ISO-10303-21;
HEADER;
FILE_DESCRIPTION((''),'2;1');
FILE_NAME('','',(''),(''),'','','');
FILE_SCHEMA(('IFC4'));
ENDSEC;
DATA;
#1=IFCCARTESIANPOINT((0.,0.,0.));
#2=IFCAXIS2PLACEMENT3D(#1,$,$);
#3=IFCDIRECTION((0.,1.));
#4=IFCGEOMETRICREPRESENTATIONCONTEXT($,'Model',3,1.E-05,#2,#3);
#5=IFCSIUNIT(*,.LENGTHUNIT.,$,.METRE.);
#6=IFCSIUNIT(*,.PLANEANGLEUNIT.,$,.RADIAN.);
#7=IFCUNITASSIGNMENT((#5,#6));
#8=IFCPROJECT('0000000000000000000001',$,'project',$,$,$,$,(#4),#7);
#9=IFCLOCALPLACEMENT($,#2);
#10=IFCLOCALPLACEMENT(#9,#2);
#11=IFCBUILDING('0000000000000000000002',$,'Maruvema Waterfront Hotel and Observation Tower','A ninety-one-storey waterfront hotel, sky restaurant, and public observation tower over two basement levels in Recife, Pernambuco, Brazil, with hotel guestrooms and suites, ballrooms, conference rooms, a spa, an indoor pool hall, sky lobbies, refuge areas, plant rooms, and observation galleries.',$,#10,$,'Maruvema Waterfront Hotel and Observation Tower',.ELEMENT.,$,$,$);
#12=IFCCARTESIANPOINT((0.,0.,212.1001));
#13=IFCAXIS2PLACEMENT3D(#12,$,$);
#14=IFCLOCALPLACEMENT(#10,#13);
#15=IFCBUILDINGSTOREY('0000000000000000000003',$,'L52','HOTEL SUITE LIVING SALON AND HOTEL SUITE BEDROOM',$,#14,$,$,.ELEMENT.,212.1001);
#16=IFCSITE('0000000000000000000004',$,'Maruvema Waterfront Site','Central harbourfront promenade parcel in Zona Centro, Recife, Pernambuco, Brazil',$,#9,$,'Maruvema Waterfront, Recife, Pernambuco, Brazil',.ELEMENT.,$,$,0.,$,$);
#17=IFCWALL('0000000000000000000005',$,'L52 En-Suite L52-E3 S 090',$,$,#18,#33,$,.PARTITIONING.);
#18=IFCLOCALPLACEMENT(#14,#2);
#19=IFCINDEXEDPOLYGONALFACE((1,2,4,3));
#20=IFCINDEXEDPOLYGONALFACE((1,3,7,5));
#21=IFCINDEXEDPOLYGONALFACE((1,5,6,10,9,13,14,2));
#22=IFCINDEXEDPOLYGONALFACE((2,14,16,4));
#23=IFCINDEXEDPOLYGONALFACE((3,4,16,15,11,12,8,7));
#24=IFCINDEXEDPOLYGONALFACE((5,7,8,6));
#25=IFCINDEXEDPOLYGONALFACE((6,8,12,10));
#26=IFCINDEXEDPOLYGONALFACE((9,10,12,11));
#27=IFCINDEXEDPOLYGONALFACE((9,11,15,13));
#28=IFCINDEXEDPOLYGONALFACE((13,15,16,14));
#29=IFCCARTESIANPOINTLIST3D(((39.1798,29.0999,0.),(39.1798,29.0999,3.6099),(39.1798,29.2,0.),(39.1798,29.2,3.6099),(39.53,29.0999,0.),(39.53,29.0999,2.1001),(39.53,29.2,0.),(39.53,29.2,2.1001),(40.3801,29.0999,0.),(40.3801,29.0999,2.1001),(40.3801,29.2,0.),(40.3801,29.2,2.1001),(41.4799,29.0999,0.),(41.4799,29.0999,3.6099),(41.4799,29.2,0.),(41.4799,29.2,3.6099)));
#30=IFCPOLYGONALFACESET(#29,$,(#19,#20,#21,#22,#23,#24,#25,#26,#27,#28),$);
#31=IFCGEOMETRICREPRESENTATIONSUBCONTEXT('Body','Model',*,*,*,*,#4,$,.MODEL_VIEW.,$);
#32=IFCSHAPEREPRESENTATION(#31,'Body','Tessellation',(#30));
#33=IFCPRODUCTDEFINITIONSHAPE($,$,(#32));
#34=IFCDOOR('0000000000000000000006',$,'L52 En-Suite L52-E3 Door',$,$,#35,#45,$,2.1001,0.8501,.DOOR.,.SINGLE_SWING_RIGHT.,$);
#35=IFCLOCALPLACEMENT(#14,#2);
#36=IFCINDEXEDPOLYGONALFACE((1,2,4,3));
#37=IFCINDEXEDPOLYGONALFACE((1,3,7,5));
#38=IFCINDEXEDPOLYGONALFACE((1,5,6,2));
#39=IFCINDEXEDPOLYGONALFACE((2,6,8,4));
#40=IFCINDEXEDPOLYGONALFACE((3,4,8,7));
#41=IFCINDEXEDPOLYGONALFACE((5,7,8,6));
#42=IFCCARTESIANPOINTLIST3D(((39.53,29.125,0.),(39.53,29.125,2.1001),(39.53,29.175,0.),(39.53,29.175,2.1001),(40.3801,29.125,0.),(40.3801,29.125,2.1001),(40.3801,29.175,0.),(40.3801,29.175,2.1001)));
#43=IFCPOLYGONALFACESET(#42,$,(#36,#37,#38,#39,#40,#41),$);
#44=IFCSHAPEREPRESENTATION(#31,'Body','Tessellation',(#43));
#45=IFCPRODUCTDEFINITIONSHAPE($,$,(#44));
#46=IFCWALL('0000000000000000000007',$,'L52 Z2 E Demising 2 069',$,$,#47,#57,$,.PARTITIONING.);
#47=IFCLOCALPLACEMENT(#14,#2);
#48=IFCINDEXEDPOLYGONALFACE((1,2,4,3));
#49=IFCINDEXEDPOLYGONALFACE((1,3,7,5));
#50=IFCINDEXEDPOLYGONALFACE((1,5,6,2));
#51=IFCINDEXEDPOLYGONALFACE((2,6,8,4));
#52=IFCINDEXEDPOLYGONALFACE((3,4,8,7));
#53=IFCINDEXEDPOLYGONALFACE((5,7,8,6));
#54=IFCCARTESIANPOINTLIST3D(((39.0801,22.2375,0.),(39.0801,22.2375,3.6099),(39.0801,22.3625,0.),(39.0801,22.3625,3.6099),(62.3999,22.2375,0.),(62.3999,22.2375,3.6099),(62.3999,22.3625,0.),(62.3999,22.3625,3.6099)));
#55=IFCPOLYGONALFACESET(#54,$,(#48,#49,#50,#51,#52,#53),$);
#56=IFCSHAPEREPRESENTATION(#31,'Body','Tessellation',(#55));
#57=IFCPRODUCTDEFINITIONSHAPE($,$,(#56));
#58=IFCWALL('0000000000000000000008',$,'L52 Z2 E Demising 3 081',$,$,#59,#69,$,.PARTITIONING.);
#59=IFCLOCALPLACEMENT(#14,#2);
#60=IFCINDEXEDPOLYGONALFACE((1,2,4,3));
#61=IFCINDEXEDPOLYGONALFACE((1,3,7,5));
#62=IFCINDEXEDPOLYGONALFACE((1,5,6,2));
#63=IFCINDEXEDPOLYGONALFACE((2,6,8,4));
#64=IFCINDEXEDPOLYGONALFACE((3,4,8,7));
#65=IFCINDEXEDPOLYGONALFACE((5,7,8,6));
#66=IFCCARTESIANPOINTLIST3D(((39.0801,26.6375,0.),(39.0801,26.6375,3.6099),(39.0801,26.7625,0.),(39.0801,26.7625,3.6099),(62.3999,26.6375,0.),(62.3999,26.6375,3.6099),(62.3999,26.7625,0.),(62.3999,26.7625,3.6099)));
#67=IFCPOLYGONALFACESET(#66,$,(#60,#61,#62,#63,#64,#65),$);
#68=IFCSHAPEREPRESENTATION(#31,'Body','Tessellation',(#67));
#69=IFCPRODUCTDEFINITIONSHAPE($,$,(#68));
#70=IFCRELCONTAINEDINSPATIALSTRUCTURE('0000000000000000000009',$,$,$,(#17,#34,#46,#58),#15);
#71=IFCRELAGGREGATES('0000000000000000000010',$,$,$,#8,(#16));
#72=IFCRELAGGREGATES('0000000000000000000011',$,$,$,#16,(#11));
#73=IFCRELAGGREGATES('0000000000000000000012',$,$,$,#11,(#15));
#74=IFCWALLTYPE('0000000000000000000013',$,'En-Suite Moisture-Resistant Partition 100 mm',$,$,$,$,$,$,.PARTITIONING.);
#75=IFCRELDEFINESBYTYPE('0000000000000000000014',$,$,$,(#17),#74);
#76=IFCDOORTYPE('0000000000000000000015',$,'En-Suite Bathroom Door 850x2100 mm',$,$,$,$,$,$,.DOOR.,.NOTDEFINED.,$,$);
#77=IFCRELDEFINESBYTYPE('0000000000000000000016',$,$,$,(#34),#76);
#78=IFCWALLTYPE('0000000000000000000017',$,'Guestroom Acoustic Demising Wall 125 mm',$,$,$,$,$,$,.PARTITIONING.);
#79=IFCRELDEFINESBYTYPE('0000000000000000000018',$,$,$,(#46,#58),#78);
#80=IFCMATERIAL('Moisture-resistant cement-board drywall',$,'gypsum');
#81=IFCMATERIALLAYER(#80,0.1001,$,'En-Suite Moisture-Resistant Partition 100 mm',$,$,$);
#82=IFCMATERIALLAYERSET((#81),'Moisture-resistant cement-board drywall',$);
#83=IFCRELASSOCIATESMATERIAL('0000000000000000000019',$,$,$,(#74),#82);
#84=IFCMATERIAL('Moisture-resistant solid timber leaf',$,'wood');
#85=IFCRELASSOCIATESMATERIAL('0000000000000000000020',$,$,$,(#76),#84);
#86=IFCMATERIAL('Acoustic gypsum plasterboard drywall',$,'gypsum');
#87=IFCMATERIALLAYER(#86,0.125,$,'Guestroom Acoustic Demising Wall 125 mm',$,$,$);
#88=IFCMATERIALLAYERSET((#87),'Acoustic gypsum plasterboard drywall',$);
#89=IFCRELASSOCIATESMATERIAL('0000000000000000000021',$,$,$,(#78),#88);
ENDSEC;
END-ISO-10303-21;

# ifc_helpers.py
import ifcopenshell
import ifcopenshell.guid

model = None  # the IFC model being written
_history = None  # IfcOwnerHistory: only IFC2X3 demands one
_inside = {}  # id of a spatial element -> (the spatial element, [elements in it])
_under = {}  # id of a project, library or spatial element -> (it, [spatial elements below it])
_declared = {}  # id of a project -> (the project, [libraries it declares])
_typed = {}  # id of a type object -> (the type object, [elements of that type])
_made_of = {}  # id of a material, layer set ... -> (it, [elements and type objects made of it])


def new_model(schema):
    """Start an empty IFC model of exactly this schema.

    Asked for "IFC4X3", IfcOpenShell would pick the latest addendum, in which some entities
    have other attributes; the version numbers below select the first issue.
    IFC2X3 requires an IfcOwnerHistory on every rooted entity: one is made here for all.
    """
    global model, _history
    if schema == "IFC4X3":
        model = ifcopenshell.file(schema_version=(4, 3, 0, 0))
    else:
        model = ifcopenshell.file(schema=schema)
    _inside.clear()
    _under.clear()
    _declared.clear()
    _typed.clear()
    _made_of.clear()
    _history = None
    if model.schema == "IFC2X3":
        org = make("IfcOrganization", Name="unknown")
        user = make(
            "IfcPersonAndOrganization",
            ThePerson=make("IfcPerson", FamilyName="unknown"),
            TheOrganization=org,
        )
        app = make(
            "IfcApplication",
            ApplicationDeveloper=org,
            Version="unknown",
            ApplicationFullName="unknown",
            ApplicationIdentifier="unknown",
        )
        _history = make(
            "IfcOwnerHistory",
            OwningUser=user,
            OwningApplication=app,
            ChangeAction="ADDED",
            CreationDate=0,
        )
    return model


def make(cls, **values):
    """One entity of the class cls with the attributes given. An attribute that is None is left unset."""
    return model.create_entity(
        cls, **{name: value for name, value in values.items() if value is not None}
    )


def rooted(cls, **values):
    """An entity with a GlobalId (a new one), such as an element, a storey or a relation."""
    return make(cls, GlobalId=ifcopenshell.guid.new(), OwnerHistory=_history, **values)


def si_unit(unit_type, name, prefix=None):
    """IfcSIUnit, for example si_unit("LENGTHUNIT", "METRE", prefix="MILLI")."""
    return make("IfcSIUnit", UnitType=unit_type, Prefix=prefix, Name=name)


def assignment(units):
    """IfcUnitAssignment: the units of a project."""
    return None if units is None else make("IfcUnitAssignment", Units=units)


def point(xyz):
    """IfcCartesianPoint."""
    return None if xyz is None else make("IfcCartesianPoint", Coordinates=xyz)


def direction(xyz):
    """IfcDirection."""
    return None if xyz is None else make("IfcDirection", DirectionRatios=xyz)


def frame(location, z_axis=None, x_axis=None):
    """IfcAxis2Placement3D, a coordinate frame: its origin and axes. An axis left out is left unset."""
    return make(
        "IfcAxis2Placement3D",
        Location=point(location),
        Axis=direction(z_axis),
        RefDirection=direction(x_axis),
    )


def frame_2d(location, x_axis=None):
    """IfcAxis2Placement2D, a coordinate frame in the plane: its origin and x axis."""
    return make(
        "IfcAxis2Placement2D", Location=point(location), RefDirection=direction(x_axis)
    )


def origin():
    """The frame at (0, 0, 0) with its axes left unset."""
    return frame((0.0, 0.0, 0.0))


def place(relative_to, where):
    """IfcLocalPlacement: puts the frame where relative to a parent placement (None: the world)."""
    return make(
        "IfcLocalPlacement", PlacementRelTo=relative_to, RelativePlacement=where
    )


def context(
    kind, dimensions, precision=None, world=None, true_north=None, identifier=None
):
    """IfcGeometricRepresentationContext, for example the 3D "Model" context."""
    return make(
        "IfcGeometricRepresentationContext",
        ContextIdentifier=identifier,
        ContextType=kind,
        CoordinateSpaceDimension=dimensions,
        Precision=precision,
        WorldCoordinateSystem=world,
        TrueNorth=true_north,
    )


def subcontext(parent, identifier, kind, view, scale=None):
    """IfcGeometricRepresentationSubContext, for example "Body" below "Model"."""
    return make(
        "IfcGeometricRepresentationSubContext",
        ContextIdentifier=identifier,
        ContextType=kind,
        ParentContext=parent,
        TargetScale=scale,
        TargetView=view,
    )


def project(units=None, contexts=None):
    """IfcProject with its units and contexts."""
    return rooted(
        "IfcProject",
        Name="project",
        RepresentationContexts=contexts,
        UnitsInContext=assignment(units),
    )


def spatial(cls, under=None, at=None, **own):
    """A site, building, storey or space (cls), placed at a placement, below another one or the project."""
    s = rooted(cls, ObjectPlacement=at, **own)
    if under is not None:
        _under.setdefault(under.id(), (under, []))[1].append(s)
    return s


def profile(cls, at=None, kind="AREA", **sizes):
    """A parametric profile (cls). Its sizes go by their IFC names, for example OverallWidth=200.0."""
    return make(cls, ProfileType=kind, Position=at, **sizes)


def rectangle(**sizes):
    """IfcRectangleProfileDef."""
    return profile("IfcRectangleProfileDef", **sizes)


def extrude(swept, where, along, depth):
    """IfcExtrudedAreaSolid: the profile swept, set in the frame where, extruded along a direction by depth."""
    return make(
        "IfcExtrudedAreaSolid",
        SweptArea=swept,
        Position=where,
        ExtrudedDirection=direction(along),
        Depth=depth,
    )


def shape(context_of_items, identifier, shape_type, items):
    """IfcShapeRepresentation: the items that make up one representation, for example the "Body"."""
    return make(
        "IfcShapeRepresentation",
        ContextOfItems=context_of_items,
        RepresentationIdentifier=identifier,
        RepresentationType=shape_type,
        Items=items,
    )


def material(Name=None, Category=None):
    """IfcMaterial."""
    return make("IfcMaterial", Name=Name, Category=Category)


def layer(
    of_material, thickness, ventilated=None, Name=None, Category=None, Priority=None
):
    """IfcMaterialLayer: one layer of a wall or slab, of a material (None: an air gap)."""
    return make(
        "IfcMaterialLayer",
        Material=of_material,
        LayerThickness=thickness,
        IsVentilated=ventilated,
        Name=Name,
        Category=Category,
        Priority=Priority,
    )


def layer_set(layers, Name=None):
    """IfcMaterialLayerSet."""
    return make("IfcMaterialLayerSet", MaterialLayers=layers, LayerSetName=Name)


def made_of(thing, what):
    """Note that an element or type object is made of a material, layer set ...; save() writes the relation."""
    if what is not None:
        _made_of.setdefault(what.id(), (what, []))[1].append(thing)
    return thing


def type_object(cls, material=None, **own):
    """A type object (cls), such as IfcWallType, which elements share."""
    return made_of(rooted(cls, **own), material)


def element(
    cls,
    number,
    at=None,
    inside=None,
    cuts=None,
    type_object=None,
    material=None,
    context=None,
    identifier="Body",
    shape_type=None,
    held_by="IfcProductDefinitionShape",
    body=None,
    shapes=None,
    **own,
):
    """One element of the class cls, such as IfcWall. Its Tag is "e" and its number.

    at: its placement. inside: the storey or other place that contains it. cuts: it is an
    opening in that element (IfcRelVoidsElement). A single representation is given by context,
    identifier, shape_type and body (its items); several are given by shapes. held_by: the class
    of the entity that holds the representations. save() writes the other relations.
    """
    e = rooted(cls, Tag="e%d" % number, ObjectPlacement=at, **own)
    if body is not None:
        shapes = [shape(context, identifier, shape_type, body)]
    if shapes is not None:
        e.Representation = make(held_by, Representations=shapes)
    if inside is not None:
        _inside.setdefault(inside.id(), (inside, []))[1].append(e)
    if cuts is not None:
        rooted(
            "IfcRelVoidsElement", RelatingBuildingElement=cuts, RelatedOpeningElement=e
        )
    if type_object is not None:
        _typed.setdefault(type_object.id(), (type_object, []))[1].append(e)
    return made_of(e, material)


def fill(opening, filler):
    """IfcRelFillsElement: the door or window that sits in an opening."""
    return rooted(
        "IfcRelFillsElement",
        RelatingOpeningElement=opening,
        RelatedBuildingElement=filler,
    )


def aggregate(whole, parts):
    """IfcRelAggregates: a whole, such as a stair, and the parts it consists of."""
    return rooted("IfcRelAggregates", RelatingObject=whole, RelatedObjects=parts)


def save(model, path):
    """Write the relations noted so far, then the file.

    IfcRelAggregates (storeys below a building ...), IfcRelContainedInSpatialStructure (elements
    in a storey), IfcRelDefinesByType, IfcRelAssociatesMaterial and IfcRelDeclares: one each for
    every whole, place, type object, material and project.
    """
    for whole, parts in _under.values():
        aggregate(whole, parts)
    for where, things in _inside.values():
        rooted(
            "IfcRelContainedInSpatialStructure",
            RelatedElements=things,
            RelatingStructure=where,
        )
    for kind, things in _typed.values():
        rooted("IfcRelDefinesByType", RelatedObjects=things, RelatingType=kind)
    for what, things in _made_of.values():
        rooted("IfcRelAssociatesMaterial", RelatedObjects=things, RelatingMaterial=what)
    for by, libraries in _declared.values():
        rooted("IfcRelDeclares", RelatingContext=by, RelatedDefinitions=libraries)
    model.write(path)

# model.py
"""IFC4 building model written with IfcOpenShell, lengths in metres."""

from ifc_helpers import new_model, si_unit, direction, frame, frame_2d, origin, place, context, subcontext, project, spatial, rectangle, extrude, material, layer, layer_set, type_object, element, fill, save


model = new_model("IFC4")

# Units and contexts
model_context = context("Model", 3, precision=1e-05, world=origin(), true_north=direction((0.0, 1.0)))
body_context = subcontext(model_context, "Body", "Model", "MODEL_VIEW")
ifc_project = project(units=[si_unit("LENGTHUNIT", "METRE"), si_unit("PLANEANGLEUNIT", "RADIAN")], contexts=[model_context])

# Site, building, storey
site_placement = place(None, origin())
site = spatial("IfcSite", under=ifc_project, at=site_placement, Name="Maruvema Waterfront Site", Description="Central harbourfront promenade parcel in Zona Centro, Recife, Pernambuco, Brazil", LongName="Maruvema Waterfront, Recife, Pernambuco, Brazil", CompositionType="ELEMENT", RefElevation=0.0)
building_placement = place(site_placement, origin())
building = spatial("IfcBuilding", under=site, at=building_placement, Name="Maruvema Waterfront Hotel and Observation Tower", Description="A ninety-one-storey waterfront hotel, sky restaurant, and public observation tower over two basement levels in Recife, Pernambuco, Brazil, with hotel guestrooms and suites, ballrooms, conference rooms, a spa, an indoor pool hall, sky lobbies, refuge areas, plant rooms, and observation galleries.", LongName="Maruvema Waterfront Hotel and Observation Tower", CompositionType="ELEMENT")
storey_placement = place(building_placement, frame((0.0, 0.0, 212.1001)))
storey = spatial("IfcBuildingStorey", under=building, at=storey_placement, Name="L52", Description="HOTEL SUITE LIVING SALON AND HOTEL SUITE BEDROOM", CompositionType="ELEMENT", Elevation=212.1001)

# Shared definitions
ifc_material_1 = material(Name="Moisture-resistant cement-board drywall", Category="gypsum")
ifc_layer_1 = layer(ifc_material_1, 0.1001, Name="En-Suite Moisture-Resistant Partition 100 mm")
ifc_layer_set_1 = layer_set([ifc_layer_1], Name="Moisture-resistant cement-board drywall")
wall_type_1 = type_object("IfcWallType", Name="En-Suite Moisture-Resistant Partition 100 mm", PredefinedType="PARTITIONING", material=ifc_layer_set_1)

# Shared definitions
ifc_material_2 = material(Name="Moisture-resistant solid timber leaf", Category="wood")
door_type_1 = type_object("IfcDoorType", Name="En-Suite Bathroom Door 850x2100 mm", OperationType="NOTDEFINED", PredefinedType="DOOR", material=ifc_material_2)

# Wall, opening, door
wall_1_placement = place(storey_placement, frame((39.1799, 29.1499, 0.0), z_axis=(0.0, 0.0, 1.0), x_axis=(1.0, 0.0, 0.0)))
wall_1 = element("IfcWall", 1, at=wall_1_placement, inside=storey, type_object=wall_type_1, Name="L52 En-Suite L52-E3 S 090", PredefinedType="PARTITIONING", context=body_context, shape_type="SweptSolid", body=[
    extrude(rectangle(XDim=2.3, YDim=0.1001, at=frame_2d((1.1499, 0.0))), origin(), (0.0, 0.0, 1.0), 3.6099),
])
opening_1_placement = place(wall_1_placement, frame((0.3501, 0.0, 0.0)))
opening_1 = element("IfcOpeningElement", 2, at=opening_1_placement, cuts=wall_1, PredefinedType="OPENING", context=body_context, shape_type="SweptSolid", body=[
    extrude(rectangle(XDim=0.8501, YDim=2.1001, at=frame_2d((0.425, 1.05))), frame((0.0, 0.0601, 0.0), z_axis=(0.0, -1.0, 0.0), x_axis=(1.0, 0.0, 0.0)), (0.0, 0.0, 1.0), 0.1201),
])
door_1_placement = place(opening_1_placement, frame((0.8501, 0.0, 0.0), z_axis=(0.0, 0.0, 1.0), x_axis=(-1.0, 0.0, 0.0)))
door_1 = element("IfcDoor", 3, at=door_1_placement, inside=storey, type_object=door_type_1, Name="L52 En-Suite L52-E3 Door", OperationType="SINGLE_SWING_RIGHT", OverallHeight=2.1001, OverallWidth=0.8501, PredefinedType="DOOR", context=body_context, shape_type="SweptSolid", body=[
    extrude(rectangle(XDim=0.8501, YDim=2.1001, at=frame_2d((0.425, 1.05))), frame((0.0, 0.0249, 0.0), z_axis=(0.0, -1.0, 0.0), x_axis=(1.0, 0.0, 0.0)), (0.0, 0.0, 1.0), 0.05),
])
fill(opening_1, door_1)

# Walls
ifc_material_3 = material(Name="Acoustic gypsum plasterboard drywall", Category="gypsum")
ifc_layer_2 = layer(ifc_material_3, 0.125, Name="Guestroom Acoustic Demising Wall 125 mm")
ifc_layer_set_2 = layer_set([ifc_layer_2], Name="Acoustic gypsum plasterboard drywall")
wall_type_2 = type_object("IfcWallType", Name="Guestroom Acoustic Demising Wall 125 mm", PredefinedType="PARTITIONING", material=ifc_layer_set_2)
for number, where, z_axis, x_axis, name in (
    (4, (39.0801, 22.3, 0.0), (0.0, 0.0, 1.0), (1.0, 0.0, 0.0), "L52 Z2 E Demising 2 069"),
    (5, (39.0801, 26.7, 0.0), (0.0, 0.0, 1.0), (1.0, 0.0, 0.0), "L52 Z2 E Demising 3 081"),
):
    element("IfcWall", number, at=place(storey_placement, frame(where, z_axis=z_axis, x_axis=x_axis)), inside=storey, type_object=wall_type_2, Name=name, PredefinedType="PARTITIONING", context=body_context, shape_type="SweptSolid", body=[
        extrude(rectangle(XDim=23.3198, YDim=0.125, at=frame_2d((11.6599, 0.0))), origin(), (0.0, 0.0, 1.0), 3.6099),
    ])

save(model, "model.ifc")
